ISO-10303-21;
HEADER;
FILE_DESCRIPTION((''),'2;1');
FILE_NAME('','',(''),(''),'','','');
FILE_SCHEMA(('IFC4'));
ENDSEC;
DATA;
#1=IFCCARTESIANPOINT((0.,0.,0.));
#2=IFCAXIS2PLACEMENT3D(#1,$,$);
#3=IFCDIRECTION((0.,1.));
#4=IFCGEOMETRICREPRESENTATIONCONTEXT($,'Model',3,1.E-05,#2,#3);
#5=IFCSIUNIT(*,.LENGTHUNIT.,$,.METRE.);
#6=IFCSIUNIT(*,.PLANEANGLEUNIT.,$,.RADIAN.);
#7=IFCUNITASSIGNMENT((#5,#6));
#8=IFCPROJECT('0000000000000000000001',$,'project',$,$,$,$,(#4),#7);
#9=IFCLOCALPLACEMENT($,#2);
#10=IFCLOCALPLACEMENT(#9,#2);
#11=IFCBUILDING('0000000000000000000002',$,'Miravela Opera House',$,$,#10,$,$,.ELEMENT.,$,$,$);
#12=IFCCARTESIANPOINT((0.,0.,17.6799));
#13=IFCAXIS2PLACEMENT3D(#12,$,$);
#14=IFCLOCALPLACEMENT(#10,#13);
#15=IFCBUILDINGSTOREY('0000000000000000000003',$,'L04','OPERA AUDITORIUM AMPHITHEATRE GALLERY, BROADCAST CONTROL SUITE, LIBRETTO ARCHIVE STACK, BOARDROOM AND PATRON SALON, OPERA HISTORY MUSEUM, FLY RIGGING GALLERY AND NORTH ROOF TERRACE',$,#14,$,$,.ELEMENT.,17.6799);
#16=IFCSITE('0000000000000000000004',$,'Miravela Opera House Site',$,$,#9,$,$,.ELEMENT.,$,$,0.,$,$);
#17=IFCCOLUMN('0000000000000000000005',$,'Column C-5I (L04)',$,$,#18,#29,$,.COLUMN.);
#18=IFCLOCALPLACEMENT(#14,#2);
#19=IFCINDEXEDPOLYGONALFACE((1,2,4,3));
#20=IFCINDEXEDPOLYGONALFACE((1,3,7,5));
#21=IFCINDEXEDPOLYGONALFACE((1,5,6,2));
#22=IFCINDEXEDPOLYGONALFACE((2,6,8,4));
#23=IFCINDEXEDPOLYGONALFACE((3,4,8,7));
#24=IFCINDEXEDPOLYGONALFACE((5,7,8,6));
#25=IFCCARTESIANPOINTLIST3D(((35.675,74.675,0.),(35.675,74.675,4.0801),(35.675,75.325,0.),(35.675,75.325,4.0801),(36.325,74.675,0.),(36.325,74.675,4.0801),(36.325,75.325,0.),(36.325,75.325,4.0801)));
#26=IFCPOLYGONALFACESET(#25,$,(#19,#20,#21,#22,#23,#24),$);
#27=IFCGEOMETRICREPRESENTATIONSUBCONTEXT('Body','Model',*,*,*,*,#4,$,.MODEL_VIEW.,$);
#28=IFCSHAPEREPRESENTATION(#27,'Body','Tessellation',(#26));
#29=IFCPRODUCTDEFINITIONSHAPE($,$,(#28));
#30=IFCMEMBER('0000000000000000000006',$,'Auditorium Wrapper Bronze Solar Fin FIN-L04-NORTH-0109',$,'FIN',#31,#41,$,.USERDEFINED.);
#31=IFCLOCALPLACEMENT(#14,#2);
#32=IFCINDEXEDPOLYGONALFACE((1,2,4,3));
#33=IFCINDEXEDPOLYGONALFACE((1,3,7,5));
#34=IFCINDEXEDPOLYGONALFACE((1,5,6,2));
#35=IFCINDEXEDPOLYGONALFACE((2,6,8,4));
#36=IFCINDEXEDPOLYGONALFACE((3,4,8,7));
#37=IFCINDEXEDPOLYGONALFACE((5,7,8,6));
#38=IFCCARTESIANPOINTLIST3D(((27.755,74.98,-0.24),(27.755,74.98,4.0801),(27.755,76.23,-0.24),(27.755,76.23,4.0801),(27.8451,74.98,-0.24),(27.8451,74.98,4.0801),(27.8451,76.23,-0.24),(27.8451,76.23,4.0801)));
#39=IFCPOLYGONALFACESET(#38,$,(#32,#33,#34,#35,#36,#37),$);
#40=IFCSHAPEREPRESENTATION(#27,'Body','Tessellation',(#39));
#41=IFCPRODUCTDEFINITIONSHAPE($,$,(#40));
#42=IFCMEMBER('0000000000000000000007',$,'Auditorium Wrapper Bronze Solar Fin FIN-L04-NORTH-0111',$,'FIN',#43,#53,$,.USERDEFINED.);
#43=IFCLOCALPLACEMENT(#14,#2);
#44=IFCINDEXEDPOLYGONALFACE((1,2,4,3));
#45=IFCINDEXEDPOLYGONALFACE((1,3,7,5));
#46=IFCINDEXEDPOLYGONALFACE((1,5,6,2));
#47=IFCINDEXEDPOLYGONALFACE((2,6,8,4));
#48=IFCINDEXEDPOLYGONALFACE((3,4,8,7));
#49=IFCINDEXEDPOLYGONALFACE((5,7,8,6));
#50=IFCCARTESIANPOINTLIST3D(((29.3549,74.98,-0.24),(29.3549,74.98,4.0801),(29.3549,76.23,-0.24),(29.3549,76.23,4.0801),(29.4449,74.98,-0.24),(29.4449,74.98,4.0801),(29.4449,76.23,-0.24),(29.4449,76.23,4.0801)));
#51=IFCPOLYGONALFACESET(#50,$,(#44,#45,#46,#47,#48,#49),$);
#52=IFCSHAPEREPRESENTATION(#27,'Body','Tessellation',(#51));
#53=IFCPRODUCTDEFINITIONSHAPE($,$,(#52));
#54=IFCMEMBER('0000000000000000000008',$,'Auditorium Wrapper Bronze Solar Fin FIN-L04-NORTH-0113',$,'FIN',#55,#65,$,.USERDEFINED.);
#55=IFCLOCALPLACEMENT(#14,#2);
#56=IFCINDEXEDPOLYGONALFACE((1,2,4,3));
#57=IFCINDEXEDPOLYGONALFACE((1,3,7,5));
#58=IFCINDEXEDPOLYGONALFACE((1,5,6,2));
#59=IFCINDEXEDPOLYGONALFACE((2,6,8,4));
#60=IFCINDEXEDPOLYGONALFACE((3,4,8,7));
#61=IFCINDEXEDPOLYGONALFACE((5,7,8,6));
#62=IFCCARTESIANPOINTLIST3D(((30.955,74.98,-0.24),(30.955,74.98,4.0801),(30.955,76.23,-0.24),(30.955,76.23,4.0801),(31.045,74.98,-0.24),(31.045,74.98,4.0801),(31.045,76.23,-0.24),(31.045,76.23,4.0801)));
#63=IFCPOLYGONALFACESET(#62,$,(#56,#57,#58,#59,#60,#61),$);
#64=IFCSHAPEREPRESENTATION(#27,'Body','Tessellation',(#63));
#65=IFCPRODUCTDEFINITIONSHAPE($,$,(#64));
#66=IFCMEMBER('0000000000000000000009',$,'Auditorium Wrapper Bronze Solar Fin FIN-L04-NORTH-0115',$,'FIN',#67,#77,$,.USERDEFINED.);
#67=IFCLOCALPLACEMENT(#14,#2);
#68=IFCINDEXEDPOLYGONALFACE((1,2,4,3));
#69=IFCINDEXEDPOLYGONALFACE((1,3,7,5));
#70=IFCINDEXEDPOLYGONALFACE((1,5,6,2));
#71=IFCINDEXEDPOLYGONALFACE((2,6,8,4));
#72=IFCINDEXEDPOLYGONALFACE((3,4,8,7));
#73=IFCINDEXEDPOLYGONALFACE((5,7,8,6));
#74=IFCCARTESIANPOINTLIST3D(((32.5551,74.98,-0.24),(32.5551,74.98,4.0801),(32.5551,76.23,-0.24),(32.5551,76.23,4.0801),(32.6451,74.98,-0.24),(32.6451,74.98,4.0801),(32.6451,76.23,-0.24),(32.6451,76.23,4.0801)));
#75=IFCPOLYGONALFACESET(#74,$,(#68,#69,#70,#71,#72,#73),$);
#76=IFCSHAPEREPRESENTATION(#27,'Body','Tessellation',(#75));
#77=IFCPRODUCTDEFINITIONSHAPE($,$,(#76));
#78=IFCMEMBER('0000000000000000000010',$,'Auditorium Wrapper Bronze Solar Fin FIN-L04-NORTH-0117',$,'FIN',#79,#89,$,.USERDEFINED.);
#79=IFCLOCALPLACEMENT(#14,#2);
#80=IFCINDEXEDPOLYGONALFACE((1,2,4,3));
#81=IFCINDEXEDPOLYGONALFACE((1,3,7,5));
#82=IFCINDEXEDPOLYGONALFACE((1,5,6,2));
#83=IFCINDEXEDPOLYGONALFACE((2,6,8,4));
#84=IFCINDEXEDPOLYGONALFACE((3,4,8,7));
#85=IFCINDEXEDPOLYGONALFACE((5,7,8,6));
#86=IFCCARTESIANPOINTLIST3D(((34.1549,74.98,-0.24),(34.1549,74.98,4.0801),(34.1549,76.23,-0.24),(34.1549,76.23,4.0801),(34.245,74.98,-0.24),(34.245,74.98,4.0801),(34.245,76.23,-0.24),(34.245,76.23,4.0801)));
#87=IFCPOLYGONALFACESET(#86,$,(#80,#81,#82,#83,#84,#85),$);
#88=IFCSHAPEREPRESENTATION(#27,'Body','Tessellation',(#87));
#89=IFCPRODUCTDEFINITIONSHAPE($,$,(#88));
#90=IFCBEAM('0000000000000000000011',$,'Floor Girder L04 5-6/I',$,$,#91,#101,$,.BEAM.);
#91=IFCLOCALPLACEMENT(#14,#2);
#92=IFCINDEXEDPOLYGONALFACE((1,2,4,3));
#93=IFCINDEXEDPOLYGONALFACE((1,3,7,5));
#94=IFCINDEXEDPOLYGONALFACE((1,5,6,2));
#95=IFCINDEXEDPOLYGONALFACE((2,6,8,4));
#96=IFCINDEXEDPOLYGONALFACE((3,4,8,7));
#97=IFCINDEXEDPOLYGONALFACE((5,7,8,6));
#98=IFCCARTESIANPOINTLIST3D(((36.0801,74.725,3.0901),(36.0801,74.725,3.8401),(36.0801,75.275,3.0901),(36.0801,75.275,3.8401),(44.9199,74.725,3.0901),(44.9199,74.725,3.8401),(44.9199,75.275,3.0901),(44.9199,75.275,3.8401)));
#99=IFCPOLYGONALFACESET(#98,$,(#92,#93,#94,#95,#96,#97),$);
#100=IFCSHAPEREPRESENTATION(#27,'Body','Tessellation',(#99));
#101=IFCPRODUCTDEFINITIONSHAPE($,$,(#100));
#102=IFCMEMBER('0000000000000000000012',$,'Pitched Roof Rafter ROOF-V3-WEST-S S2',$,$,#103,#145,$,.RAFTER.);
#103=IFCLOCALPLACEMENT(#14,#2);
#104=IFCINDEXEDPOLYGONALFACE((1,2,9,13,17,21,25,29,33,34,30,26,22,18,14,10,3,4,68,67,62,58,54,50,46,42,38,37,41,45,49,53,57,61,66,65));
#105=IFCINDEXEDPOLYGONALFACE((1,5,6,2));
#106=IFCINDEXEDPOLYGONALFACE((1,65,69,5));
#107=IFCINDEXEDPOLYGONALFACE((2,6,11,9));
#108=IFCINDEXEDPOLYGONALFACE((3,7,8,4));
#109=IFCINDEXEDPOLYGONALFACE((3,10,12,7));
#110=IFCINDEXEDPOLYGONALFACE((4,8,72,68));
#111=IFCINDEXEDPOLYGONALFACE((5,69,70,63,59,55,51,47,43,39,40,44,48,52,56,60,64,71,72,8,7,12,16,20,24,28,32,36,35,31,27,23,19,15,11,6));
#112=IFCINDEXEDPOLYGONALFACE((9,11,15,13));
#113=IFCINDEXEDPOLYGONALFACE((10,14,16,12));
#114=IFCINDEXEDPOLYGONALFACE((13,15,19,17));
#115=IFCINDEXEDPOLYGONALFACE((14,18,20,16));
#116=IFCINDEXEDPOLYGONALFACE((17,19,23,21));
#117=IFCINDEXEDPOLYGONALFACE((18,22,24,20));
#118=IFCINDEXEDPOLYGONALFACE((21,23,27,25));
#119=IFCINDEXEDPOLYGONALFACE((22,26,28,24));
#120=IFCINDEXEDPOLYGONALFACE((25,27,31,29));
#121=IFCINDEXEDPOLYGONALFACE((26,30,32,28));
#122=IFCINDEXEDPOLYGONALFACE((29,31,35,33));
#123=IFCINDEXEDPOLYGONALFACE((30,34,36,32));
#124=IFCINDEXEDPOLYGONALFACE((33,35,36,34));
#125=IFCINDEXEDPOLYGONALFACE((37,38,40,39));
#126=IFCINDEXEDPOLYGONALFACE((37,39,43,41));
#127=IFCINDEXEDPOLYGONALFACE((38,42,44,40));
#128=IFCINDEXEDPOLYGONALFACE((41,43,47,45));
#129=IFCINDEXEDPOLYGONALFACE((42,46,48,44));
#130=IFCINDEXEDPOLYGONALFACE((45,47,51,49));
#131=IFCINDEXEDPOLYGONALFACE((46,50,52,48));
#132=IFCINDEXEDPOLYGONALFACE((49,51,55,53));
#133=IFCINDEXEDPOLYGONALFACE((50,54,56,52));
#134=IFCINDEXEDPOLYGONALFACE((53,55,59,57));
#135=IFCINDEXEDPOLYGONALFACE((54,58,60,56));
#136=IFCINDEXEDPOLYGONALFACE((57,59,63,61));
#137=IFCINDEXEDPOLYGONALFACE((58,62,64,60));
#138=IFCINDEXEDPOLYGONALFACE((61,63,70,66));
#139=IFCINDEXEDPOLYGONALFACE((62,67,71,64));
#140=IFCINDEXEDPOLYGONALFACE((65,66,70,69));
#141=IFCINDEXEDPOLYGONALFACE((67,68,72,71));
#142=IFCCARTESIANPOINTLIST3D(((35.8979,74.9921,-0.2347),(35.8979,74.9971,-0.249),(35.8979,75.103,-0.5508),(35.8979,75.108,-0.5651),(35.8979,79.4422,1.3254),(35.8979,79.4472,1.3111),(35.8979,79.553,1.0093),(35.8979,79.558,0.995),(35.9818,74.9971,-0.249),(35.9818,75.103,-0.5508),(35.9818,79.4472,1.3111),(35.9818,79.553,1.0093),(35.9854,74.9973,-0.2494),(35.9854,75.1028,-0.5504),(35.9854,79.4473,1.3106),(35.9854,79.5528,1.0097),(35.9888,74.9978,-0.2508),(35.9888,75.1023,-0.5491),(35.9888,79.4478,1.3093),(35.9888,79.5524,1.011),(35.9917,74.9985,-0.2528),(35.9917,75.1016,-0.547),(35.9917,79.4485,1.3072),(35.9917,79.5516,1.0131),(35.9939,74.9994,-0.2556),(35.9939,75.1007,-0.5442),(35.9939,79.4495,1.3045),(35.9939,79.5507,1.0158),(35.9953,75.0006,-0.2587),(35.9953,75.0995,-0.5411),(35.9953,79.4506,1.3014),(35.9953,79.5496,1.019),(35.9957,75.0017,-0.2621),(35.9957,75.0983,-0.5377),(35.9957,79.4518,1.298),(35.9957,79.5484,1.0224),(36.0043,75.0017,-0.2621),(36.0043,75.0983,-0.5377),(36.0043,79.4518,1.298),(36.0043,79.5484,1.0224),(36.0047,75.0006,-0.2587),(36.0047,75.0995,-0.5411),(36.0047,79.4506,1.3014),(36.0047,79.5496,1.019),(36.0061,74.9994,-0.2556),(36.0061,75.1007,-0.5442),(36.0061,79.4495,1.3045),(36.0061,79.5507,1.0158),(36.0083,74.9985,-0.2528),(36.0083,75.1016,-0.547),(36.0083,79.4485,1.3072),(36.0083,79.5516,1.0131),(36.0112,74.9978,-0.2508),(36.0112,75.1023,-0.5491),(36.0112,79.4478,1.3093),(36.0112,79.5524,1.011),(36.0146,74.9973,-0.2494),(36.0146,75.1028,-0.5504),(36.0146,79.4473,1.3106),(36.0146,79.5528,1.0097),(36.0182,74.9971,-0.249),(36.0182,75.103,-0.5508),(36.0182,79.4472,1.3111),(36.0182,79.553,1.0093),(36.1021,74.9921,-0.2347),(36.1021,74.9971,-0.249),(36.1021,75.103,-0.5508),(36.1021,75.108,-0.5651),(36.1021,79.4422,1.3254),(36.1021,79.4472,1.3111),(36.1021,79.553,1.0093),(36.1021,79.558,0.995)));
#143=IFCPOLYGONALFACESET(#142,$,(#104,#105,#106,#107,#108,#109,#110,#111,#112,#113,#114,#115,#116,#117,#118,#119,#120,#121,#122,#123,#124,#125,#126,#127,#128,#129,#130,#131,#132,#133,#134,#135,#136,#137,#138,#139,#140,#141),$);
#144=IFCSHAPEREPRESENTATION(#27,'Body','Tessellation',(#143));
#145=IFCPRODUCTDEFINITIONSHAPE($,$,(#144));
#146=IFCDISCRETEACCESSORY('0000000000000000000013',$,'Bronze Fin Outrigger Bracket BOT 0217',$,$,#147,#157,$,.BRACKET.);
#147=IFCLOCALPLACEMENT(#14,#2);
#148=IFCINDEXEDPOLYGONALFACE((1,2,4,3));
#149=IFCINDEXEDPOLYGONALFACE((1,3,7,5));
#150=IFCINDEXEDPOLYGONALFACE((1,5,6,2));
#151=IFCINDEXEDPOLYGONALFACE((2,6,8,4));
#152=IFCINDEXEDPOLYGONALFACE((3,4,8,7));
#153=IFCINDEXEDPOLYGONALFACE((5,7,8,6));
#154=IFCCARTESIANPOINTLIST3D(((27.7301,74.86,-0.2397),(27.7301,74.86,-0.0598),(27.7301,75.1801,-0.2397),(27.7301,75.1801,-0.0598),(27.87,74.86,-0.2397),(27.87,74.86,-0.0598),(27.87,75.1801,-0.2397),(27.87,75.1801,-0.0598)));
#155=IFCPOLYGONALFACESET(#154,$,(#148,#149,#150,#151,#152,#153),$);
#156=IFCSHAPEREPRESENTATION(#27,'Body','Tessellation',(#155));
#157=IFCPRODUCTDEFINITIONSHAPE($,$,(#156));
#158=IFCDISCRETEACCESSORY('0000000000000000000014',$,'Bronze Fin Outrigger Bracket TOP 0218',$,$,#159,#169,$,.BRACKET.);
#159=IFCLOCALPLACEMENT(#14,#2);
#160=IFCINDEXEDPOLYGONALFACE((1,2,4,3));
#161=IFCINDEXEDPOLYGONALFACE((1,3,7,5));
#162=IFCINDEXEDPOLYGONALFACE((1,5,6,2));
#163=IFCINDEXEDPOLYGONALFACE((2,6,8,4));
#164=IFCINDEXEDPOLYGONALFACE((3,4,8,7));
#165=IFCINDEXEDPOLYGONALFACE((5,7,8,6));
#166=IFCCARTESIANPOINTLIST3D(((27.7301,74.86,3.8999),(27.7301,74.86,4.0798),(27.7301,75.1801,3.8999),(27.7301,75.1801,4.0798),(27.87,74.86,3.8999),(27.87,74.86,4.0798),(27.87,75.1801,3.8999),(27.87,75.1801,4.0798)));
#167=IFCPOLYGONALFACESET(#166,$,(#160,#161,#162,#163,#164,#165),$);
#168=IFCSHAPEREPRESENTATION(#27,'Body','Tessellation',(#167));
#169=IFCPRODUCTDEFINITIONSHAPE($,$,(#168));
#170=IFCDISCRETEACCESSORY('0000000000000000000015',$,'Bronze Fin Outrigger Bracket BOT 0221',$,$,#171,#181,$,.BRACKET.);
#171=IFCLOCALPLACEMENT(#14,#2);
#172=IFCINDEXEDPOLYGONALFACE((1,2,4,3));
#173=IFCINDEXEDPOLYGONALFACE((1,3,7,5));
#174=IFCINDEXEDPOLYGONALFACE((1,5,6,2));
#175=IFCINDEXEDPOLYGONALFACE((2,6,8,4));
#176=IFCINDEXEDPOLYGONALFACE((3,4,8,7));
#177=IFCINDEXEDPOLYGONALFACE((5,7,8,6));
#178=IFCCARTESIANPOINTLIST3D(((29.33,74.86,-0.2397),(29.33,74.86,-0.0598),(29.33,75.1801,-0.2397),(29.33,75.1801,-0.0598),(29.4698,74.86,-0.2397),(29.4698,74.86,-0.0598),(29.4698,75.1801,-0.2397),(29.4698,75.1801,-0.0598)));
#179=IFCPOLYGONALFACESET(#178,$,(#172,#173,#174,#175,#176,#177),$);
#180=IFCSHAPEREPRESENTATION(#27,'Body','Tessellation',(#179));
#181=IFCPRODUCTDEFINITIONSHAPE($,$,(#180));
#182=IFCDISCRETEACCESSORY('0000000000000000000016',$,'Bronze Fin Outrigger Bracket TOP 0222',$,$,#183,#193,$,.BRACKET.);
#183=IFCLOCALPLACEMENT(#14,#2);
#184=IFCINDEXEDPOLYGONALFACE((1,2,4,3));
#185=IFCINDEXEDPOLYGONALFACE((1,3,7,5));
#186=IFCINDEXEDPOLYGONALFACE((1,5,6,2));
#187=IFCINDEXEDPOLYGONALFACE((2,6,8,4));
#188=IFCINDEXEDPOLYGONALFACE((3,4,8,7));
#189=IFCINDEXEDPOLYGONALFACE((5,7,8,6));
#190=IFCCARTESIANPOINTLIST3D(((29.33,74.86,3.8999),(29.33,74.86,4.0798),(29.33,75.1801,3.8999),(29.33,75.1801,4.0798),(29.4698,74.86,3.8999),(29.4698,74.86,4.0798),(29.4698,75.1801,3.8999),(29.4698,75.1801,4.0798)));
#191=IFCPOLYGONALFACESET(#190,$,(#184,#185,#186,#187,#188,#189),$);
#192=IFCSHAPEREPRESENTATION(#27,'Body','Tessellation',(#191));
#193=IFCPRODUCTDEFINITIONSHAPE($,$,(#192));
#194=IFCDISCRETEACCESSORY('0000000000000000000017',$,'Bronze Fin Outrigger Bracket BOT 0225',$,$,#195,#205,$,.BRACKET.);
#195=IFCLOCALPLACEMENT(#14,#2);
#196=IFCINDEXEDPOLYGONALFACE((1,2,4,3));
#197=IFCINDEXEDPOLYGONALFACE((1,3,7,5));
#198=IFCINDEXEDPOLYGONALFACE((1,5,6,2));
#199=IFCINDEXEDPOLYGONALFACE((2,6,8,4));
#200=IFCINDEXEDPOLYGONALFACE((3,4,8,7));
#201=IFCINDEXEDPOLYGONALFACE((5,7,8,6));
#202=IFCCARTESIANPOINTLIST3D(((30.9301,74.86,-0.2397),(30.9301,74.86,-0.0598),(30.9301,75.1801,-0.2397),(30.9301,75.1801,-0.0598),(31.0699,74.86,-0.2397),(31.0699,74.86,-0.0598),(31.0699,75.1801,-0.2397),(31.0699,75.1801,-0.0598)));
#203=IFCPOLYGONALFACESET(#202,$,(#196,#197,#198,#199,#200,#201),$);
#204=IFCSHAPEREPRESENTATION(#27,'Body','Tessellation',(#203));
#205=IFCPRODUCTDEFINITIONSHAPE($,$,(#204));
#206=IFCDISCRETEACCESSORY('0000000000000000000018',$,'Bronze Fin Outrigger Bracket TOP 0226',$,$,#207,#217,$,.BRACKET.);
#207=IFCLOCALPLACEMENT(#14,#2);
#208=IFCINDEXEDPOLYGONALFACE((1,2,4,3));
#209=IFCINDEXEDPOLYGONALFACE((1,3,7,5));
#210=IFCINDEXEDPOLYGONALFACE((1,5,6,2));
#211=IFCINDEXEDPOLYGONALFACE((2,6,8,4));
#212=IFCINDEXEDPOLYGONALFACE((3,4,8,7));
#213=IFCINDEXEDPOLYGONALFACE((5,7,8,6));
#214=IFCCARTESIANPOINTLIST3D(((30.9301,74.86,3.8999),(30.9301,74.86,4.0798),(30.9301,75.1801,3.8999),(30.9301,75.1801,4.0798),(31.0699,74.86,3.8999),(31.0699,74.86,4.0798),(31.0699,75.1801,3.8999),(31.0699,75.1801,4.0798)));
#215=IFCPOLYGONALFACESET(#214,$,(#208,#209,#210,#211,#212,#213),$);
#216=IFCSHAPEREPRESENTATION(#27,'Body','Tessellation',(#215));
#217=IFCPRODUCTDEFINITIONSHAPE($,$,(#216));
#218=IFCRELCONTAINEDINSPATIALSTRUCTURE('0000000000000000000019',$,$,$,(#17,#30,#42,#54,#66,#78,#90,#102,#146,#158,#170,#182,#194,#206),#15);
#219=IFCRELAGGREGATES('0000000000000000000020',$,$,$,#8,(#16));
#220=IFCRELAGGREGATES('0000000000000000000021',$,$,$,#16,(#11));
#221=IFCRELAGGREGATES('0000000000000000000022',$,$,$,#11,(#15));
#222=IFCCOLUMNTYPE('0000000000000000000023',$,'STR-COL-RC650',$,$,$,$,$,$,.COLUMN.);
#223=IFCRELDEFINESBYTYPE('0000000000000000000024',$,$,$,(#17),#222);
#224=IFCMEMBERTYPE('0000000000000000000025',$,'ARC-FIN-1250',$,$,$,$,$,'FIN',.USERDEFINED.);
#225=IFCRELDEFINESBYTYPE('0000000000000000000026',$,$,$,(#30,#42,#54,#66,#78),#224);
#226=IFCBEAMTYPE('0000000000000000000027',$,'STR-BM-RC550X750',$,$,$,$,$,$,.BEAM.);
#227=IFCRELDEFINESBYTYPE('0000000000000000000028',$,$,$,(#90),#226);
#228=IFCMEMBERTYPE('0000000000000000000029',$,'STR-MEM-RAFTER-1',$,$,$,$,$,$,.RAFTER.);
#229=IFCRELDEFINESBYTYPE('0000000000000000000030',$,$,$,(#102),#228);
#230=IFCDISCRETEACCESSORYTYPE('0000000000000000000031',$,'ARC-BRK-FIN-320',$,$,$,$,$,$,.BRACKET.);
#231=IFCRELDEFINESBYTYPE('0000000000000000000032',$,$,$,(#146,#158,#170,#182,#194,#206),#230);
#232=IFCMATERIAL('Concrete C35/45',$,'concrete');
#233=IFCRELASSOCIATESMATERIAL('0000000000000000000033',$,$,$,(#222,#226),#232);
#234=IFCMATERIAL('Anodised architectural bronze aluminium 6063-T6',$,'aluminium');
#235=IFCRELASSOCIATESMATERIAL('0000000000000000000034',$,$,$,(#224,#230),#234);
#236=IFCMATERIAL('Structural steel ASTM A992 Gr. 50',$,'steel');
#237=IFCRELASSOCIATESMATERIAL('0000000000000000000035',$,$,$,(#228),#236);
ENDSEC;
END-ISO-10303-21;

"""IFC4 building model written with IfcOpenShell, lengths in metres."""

from ifc_helpers import new_model, si_unit, direction, frame, origin, origin_2d, place, context, subcontext, project, spatial, rectangle, i_section, extrude, material, material_profile, profile_set, type_object, element, save


model = new_model("IFC4")

# Units and contexts
model_context = context("Model", 3, precision=1e-05, world=origin(), true_north=direction((0.0, 1.0)))
body_context = subcontext(model_context, "Body", "Model", "MODEL_VIEW")
ifc_project = project(units=[si_unit("LENGTHUNIT", "METRE"), si_unit("PLANEANGLEUNIT", "RADIAN")], contexts=[model_context])

# Site, building, storey
site_placement = place(None, origin())
site = spatial("IfcSite", under=ifc_project, at=site_placement, Name="Miravela Opera House Site", CompositionType="ELEMENT", RefElevation=0.0)
building_placement = place(site_placement, origin())
building = spatial("IfcBuilding", under=site, at=building_placement, Name="Miravela Opera House", CompositionType="ELEMENT")
storey_placement = place(building_placement, frame((0.0, 0.0, 17.6799)))
storey = spatial("IfcBuildingStorey", under=building, at=storey_placement, Name="L04", Description="OPERA AUDITORIUM AMPHITHEATRE GALLERY, BROADCAST CONTROL SUITE, LIBRETTO ARCHIVE STACK, BOARDROOM AND PATRON SALON, OPERA HISTORY MUSEUM, FLY RIGGING GALLERY AND NORTH ROOF TERRACE", CompositionType="ELEMENT", Elevation=17.6799)

# Column
ifc_material_1 = material(Name="Concrete C35/45", Category="concrete")
ifc_material_profile_1 = material_profile(ifc_material_1, rectangle(XDim=0.6499, YDim=0.6499, at=origin_2d()), Name="RC-COL-650X650")
ifc_profile_set_1 = profile_set([ifc_material_profile_1])
column_type = type_object("IfcColumnType", Name="STR-COL-RC650", PredefinedType="COLUMN", material=ifc_profile_set_1)
column_placement = place(storey_placement, frame((36.0, 75.0, 0.0), z_axis=(0.0, 0.0, 1.0), x_axis=(1.0, 0.0, 0.0)))
element("IfcColumn", 1, at=column_placement, inside=storey, type_object=column_type, Name="Column C-5I (L04)", PredefinedType="COLUMN", context=body_context, shape_type="SweptSolid", body=[
    extrude(rectangle(XDim=0.6499, YDim=0.6499, at=origin_2d()), origin(), (0.0, 0.0, 1.0), 4.0801),
])

# Members
ifc_material_2 = material(Name="Anodised architectural bronze aluminium 6063-T6", Category="aluminium")
ifc_material_profile_2 = material_profile(ifc_material_2, rectangle(XDim=0.0901, YDim=1.25, at=origin_2d()), Name="FIN-1250X90")
ifc_profile_set_2 = profile_set([ifc_material_profile_2])
member_type_1 = type_object("IfcMemberType", Name="ARC-FIN-1250", ElementType="FIN", PredefinedType="USERDEFINED", material=ifc_profile_set_2)
for number, where, z_axis, x_axis, name in (
    (2, (27.8, 75.605, -0.24), (0.0, 0.0, 1.0), (1.0, 0.0, 0.0), "Auditorium Wrapper Bronze Solar Fin FIN-L04-NORTH-0109"),
    (3, (29.3999, 75.605, -0.24), (0.0, 0.0, 1.0), (1.0, 0.0, 0.0), "Auditorium Wrapper Bronze Solar Fin FIN-L04-NORTH-0111"),
    (4, (31.0, 75.605, -0.24), (0.0, 0.0, 1.0), (1.0, 0.0, 0.0), "Auditorium Wrapper Bronze Solar Fin FIN-L04-NORTH-0113"),
    (5, (32.6001, 75.605, -0.24), (0.0, 0.0, 1.0), (1.0, 0.0, 0.0), "Auditorium Wrapper Bronze Solar Fin FIN-L04-NORTH-0115"),
    (6, (34.2, 75.605, -0.24), (0.0, 0.0, 1.0), (1.0, 0.0, 0.0), "Auditorium Wrapper Bronze Solar Fin FIN-L04-NORTH-0117"),
):
    element("IfcMember", number, at=place(storey_placement, frame(where, z_axis=z_axis, x_axis=x_axis)), inside=storey, type_object=member_type_1, Name=name, ObjectType="FIN", PredefinedType="USERDEFINED", context=body_context, shape_type="SweptSolid", body=[
        extrude(rectangle(XDim=0.0901, YDim=1.25, at=origin_2d()), origin(), (0.0, 0.0, 1.0), 4.3201),
    ])

# Beam
ifc_material_profile_3 = material_profile(ifc_material_1, rectangle(XDim=0.55, YDim=0.75, at=origin_2d()), Name="RC-BM-550X750")
ifc_profile_set_3 = profile_set([ifc_material_profile_3])
beam_type = type_object("IfcBeamType", Name="STR-BM-RC550X750", PredefinedType="BEAM", material=ifc_profile_set_3)
beam_placement = place(storey_placement, frame((36.0801, 75.0, 3.4651), z_axis=(1.0, 0.0, 0.0), x_axis=(0.0, 1.0, 0.0)))
element("IfcBeam", 7, at=beam_placement, inside=storey, type_object=beam_type, Name="Floor Girder L04 5-6/I", PredefinedType="BEAM", context=body_context, shape_type="SweptSolid", body=[
    extrude(rectangle(XDim=0.55, YDim=0.75, at=origin_2d()), origin(), (0.0, 0.0, 1.0), 8.8398),
])

# Member
ifc_material_3 = material(Name="Structural steel ASTM A992 Gr. 50", Category="steel")
ifc_material_profile_4 = material_profile(ifc_material_3, i_section(OverallWidth=0.2041, OverallDepth=0.3501, WebThickness=0.0085, FlangeThickness=0.0151, FilletRadius=0.0139, at=origin_2d()), Name="W360X72")
ifc_profile_set_4 = profile_set([ifc_material_profile_4])
member_type_2 = type_object("IfcMemberType", Name="STR-MEM-RAFTER-1", PredefinedType="RAFTER", material=ifc_profile_set_4)
member_placement = place(storey_placement, frame((36.0, 75.05, -0.3999), z_axis=(0.0, 0.943688, 0.330837), x_axis=(-1.0, 0.0, 0.0)))
element("IfcMember", 8, at=member_placement, inside=storey, type_object=member_type_2, Name="Pitched Roof Rafter ROOF-V3-WEST-S S2", PredefinedType="RAFTER", context=body_context, shape_type="SweptSolid", body=[
    extrude(i_section(OverallWidth=0.2041, OverallDepth=0.3501, WebThickness=0.0085, FlangeThickness=0.0151, FilletRadius=0.0139, at=origin_2d()), origin(), (0.0, 0.0, 1.0), 4.7156),
])

# Discrete accessories
discrete_accessory_type = type_object("IfcDiscreteAccessoryType", Name="ARC-BRK-FIN-320", PredefinedType="BRACKET", material=ifc_material_2)
for number, where, z_axis, x_axis, name in (
    (9, (27.8, 75.02, -0.2397), (0.0, 0.0, 1.0), (0.0, 1.0, 0.0), "Bronze Fin Outrigger Bracket BOT 0217"),
    (10, (27.8, 75.02, 3.8999), (0.0, 0.0, 1.0), (0.0, 1.0, 0.0), "Bronze Fin Outrigger Bracket TOP 0218"),
    (11, (29.3999, 75.02, -0.2397), (0.0, 0.0, 1.0), (0.0, 1.0, 0.0), "Bronze Fin Outrigger Bracket BOT 0221"),
    (12, (29.3999, 75.02, 3.8999), (0.0, 0.0, 1.0), (0.0, 1.0, 0.0), "Bronze Fin Outrigger Bracket TOP 0222"),
    (13, (31.0, 75.02, -0.2397), (0.0, 0.0, 1.0), (0.0, 1.0, 0.0), "Bronze Fin Outrigger Bracket BOT 0225"),
    (14, (31.0, 75.02, 3.8999), (0.0, 0.0, 1.0), (0.0, 1.0, 0.0), "Bronze Fin Outrigger Bracket TOP 0226"),
):
    element("IfcDiscreteAccessory", number, at=place(storey_placement, frame(where, z_axis=z_axis, x_axis=x_axis)), inside=storey, type_object=discrete_accessory_type, Name=name, PredefinedType="BRACKET", context=body_context, shape_type="SweptSolid", body=[
        extrude(rectangle(XDim=0.3201, YDim=0.1399, at=origin_2d()), origin(), (0.0, 0.0, 1.0), 0.1799),
    ])

save(model, "model.ifc")
